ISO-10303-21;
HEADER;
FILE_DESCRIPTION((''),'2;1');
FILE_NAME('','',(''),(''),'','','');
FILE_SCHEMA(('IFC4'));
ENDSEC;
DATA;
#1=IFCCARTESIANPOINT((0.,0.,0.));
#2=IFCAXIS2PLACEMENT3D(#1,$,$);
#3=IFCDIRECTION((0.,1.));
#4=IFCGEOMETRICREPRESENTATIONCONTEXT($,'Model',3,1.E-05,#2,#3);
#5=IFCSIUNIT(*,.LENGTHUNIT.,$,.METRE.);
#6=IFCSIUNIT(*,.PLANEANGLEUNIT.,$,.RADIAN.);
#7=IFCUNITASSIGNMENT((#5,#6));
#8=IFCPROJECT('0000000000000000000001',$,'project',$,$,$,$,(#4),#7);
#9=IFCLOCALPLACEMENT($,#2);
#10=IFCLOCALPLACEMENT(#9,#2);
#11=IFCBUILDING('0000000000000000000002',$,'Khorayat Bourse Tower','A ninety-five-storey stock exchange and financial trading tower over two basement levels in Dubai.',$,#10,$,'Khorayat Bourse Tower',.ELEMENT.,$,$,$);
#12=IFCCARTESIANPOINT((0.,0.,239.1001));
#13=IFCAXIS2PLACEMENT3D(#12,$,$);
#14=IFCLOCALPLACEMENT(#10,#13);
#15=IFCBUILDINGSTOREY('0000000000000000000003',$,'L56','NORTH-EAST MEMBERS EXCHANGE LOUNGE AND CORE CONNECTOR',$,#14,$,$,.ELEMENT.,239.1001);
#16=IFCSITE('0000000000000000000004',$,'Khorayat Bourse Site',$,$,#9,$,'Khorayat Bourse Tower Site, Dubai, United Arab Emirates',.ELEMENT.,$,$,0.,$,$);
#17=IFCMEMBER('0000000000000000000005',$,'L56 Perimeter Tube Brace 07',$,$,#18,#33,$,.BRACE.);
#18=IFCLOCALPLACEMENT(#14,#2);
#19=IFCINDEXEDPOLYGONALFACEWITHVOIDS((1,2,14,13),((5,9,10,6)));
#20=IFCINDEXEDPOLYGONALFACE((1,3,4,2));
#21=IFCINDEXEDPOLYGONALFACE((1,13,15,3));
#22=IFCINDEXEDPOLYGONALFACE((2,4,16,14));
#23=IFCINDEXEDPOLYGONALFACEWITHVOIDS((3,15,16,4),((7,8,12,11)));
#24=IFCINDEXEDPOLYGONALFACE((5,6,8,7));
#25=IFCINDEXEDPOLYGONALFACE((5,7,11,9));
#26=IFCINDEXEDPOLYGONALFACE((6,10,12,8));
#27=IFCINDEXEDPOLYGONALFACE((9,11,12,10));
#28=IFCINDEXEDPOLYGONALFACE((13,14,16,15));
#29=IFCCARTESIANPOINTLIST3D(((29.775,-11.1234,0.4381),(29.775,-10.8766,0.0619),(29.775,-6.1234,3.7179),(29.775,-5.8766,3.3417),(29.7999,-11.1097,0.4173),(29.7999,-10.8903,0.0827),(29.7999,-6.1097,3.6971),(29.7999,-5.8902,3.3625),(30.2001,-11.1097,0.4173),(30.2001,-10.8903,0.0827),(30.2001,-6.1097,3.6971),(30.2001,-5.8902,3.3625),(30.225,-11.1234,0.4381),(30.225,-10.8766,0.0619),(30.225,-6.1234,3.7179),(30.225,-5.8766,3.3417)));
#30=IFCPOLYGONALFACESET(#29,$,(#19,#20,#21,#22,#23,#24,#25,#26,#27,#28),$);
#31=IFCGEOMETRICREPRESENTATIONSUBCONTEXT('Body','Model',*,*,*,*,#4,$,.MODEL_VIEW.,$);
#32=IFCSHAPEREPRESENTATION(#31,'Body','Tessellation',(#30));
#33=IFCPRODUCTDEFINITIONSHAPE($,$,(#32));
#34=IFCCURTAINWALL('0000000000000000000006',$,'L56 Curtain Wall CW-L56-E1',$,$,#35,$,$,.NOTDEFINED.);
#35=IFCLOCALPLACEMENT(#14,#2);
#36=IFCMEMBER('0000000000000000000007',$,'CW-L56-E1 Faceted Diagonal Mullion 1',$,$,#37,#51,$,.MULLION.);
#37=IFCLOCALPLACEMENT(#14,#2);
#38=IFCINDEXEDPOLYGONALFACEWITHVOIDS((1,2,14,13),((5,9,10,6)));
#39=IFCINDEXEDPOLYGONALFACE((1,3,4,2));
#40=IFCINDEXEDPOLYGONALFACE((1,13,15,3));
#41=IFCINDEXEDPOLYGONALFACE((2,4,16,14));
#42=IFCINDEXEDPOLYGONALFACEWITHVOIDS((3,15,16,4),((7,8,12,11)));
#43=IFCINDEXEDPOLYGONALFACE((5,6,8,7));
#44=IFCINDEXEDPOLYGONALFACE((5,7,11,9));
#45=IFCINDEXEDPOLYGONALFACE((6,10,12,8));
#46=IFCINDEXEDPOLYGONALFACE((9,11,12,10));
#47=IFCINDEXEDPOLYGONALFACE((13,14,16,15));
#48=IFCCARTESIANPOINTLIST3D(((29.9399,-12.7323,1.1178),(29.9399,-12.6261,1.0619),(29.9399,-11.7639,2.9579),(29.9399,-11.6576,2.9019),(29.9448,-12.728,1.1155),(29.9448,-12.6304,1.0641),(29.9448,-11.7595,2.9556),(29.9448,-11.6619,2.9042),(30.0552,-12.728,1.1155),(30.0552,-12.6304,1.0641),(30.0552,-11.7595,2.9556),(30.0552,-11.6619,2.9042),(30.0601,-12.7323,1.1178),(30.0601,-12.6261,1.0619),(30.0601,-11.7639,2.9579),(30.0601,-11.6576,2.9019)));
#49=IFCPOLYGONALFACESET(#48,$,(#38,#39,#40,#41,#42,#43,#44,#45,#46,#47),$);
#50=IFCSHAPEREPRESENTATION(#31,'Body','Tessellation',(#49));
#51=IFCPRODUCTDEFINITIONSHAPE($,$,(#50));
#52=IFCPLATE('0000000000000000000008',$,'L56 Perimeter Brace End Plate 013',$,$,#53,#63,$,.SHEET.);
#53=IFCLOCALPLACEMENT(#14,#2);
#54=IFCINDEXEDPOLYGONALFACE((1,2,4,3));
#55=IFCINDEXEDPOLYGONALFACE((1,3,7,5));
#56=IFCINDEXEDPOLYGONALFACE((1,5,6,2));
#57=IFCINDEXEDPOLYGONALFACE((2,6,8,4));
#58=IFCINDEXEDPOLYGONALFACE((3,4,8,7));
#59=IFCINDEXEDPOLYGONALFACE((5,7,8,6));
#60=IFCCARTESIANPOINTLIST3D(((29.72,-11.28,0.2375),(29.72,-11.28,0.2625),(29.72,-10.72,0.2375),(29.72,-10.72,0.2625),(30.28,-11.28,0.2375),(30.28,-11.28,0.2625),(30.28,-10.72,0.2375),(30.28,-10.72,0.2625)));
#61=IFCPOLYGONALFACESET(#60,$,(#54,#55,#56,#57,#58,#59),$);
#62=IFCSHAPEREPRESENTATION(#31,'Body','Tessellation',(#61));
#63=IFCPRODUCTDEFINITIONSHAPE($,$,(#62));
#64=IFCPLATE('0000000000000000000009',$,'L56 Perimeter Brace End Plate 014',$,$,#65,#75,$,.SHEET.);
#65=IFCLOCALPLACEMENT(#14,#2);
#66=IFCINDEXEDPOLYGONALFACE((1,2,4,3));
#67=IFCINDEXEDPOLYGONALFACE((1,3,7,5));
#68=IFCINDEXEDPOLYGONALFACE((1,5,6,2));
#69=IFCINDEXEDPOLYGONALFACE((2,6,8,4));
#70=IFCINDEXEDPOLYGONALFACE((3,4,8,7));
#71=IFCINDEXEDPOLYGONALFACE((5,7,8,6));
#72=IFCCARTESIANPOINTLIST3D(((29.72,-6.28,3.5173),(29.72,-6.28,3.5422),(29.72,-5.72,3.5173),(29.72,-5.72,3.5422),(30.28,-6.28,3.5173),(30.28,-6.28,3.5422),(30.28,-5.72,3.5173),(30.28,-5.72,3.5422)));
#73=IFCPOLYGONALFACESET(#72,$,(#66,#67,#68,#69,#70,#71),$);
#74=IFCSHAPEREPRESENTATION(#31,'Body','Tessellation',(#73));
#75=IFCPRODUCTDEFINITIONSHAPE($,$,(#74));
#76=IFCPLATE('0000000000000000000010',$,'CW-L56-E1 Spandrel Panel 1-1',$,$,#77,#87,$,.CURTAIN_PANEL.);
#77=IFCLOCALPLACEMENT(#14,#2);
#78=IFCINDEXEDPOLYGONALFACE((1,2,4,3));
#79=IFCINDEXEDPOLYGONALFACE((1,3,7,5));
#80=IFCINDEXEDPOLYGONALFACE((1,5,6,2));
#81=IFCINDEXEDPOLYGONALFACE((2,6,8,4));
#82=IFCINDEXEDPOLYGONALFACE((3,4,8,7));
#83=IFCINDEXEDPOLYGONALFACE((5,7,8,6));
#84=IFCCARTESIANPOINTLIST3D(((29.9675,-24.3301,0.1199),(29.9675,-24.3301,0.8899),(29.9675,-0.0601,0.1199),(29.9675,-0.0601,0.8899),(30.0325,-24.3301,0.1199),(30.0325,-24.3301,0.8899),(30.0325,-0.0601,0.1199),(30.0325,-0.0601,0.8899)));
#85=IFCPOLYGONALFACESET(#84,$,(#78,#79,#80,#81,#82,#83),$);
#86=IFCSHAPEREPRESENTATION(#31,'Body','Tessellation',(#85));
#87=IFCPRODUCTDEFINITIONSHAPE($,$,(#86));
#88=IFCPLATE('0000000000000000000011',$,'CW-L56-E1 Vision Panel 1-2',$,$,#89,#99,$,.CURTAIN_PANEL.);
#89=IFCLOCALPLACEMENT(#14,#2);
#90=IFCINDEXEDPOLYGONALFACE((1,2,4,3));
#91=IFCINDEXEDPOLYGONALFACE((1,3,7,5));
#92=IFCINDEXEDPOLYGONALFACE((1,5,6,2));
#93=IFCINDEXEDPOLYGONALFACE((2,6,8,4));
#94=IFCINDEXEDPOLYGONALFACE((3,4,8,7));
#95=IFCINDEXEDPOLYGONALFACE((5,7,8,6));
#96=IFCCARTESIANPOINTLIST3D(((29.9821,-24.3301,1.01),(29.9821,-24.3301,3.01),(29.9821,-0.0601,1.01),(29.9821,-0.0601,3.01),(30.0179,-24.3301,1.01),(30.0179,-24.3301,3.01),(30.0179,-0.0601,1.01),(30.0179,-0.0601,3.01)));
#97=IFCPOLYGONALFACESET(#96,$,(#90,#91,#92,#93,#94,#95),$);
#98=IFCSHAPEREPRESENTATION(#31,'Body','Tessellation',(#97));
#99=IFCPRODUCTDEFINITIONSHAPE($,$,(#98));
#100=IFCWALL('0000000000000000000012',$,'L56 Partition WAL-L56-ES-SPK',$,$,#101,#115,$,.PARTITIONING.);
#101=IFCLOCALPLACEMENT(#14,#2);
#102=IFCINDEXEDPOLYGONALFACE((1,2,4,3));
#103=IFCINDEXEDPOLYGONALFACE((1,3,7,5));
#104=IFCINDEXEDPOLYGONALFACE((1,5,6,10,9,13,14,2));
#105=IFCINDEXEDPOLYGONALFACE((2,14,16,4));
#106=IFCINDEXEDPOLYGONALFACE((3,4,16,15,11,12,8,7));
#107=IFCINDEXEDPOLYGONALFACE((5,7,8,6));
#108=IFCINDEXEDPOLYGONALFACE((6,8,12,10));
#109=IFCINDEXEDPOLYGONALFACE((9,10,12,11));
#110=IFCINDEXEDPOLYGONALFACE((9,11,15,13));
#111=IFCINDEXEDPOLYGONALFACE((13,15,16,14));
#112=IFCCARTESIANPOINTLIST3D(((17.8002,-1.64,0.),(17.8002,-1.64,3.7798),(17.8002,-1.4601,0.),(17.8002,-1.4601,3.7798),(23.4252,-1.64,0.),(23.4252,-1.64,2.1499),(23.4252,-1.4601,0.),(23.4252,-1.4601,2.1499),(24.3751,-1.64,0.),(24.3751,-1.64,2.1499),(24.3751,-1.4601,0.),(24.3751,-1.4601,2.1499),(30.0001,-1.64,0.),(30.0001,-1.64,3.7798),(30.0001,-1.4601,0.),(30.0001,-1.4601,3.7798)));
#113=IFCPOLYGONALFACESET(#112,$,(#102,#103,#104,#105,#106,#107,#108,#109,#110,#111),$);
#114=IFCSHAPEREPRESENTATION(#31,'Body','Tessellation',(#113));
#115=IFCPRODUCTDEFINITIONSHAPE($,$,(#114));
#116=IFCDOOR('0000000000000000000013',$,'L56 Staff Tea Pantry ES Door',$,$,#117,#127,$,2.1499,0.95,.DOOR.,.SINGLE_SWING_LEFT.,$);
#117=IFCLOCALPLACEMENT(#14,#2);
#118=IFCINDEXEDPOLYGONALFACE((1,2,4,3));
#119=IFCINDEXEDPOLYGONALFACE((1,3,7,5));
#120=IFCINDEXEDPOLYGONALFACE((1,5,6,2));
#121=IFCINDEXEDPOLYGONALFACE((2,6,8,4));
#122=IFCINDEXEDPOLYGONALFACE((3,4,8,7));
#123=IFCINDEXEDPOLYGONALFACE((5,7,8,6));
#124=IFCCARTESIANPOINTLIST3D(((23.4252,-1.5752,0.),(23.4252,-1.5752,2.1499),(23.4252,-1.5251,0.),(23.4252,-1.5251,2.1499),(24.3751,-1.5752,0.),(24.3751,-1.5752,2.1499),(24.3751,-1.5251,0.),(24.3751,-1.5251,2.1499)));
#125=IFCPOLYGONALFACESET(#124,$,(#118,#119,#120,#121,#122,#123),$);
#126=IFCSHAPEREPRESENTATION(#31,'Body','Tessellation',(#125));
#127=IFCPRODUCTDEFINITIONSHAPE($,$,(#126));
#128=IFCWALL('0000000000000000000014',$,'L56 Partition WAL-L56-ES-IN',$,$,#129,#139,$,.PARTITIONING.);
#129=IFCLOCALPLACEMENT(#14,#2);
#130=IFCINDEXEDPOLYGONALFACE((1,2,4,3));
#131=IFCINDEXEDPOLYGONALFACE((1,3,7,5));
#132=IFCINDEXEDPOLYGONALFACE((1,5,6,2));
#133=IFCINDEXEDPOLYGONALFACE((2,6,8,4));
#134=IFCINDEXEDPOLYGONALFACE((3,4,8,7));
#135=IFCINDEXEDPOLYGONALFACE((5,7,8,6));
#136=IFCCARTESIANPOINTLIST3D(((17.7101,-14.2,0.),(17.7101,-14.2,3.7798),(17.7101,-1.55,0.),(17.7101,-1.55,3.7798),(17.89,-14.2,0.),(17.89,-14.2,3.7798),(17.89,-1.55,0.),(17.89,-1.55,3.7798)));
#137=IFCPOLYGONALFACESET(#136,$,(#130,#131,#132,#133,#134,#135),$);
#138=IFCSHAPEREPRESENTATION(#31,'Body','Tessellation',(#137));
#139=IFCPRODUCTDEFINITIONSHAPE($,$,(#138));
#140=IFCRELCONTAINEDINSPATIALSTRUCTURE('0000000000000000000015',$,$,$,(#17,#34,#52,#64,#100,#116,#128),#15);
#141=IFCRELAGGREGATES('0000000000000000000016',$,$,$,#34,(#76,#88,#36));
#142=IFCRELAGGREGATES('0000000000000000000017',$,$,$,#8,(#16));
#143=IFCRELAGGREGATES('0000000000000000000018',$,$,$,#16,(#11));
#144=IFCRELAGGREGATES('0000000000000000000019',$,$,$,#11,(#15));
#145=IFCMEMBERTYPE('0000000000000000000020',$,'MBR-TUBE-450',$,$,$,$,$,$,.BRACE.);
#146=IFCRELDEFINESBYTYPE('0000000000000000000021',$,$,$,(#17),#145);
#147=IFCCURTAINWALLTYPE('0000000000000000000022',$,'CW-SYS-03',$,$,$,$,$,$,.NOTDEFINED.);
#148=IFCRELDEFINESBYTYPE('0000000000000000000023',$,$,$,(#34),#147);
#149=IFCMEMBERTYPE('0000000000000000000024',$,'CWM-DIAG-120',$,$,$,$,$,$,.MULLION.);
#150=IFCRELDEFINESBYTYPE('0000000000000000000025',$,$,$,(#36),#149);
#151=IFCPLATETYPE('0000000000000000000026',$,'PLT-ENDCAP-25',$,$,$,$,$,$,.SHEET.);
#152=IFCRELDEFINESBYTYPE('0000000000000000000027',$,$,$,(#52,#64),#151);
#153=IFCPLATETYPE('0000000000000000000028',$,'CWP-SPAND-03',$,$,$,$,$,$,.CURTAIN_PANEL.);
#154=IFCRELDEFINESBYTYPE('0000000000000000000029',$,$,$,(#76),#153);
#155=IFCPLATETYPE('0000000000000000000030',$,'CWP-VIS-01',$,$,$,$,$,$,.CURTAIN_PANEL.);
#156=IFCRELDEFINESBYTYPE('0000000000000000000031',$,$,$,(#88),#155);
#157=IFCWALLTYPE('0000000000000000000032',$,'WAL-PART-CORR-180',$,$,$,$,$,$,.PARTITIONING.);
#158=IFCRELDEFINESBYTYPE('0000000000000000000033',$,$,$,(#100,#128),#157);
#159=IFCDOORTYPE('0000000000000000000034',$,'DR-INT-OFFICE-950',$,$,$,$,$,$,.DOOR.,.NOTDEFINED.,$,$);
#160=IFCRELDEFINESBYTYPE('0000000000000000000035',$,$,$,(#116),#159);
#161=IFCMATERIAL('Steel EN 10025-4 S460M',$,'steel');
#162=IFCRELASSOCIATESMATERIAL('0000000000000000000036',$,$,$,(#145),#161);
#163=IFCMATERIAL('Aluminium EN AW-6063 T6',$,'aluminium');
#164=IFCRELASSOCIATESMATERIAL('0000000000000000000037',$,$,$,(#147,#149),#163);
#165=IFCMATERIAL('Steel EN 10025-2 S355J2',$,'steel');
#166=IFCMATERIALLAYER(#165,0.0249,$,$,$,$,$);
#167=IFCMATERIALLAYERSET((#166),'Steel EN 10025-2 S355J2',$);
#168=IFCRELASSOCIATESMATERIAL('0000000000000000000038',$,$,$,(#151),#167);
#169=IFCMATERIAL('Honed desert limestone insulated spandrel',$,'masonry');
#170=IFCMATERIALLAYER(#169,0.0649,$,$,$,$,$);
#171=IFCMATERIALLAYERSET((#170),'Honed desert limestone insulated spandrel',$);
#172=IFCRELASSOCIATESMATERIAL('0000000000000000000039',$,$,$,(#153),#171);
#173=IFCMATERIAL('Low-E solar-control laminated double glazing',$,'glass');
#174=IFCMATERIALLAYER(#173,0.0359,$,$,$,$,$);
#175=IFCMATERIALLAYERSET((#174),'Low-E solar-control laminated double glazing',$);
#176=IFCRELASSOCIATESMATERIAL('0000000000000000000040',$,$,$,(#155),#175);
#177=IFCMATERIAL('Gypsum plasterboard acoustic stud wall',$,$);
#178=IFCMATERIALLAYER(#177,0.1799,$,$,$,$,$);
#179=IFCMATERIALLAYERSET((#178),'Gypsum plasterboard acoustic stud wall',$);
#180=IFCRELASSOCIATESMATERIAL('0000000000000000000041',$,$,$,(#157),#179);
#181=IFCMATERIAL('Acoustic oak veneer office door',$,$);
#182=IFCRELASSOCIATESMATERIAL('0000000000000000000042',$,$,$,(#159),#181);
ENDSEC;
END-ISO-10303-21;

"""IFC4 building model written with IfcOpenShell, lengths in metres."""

from ifc_helpers import new_model, si_unit, direction, frame, frame_2d, origin, origin_2d, place, context, subcontext, project, spatial, rectangle, hollow_rectangle, extrude, source, transform, mapped, material, layer, layer_set, material_profile, profile_set, type_object, element, fill, aggregate, save


model = new_model("IFC4")

# Units and contexts
model_context = context("Model", 3, precision=1e-05, world=origin(), true_north=direction((0.0, 1.0)))
body_context = subcontext(model_context, "Body", "Model", "MODEL_VIEW")
ifc_project = project(units=[si_unit("LENGTHUNIT", "METRE"), si_unit("PLANEANGLEUNIT", "RADIAN")], contexts=[model_context])

# Site, building, storey
site_placement = place(None, origin())
site = spatial("IfcSite", under=ifc_project, at=site_placement, Name="Khorayat Bourse Site", LongName="Khorayat Bourse Tower Site, Dubai, United Arab Emirates", CompositionType="ELEMENT", RefElevation=0.0)
building_placement = place(site_placement, origin())
building = spatial("IfcBuilding", under=site, at=building_placement, Name="Khorayat Bourse Tower", Description="A ninety-five-storey stock exchange and financial trading tower over two basement levels in Dubai.", LongName="Khorayat Bourse Tower", CompositionType="ELEMENT")
storey_placement = place(building_placement, frame((0.0, 0.0, 239.1001)))
storey = spatial("IfcBuildingStorey", under=building, at=storey_placement, Name="L56", Description="NORTH-EAST MEMBERS EXCHANGE LOUNGE AND CORE CONNECTOR", CompositionType="ELEMENT", Elevation=239.1001)

# Shared definitions
ifc_material_1 = material(Name="Steel EN 10025-4 S460M", Category="steel")

# Member
ifc_material_profile_1 = material_profile(ifc_material_1, hollow_rectangle(XDim=0.45, YDim=0.45, WallThickness=0.0249, at=origin_2d()), Name="HSS 450x450x25")
ifc_profile_set_1 = profile_set([ifc_material_profile_1], Name="Steel EN 10025-4 S460M")
member_type_1 = type_object("IfcMemberType", Name="MBR-TUBE-450", PredefinedType="BRACE", material=ifc_profile_set_1)
shared_shape_1 = source(origin(), body_context, "Body", "SweptSolid", [
    extrude(hollow_rectangle(XDim=0.45, YDim=0.45, WallThickness=0.0249, at=origin_2d()), origin(), (0.0, 0.0, 1.0), 5.9797),
])
member_1_placement = place(storey_placement, frame((30.0, -11.0, 0.25), z_axis=(0.0, 0.83616, 0.548485), x_axis=(-1.0, 0.0, 0.0)))
element("IfcMember", 1, at=member_1_placement, inside=storey, type_object=member_type_1, Name="L56 Perimeter Tube Brace 07", PredefinedType="BRACE", context=body_context, shape_type="MappedRepresentation", body=[
    mapped(shared_shape_1, transform((0.0, 0.0, 0.0), scale=1.0)),
])

# Curtain wall, member
ifc_material_2 = material(Name="Aluminium EN AW-6063 T6", Category="aluminium")
curtain_wall_type = type_object("IfcCurtainWallType", Name="CW-SYS-03", PredefinedType="NOTDEFINED", material=ifc_material_2)
curtain_wall_placement = place(storey_placement, origin())
curtain_wall = element("IfcCurtainWall", 2, at=curtain_wall_placement, inside=storey, type_object=curtain_wall_type, Name="L56 Curtain Wall CW-L56-E1", PredefinedType="NOTDEFINED")
ifc_material_profile_2 = material_profile(ifc_material_2, hollow_rectangle(XDim=0.1201, YDim=0.1201, WallThickness=0.0049, at=origin_2d()), Name="ALU 120x120x5")
ifc_profile_set_2 = profile_set([ifc_material_profile_2], Name="Aluminium EN AW-6063 T6")
member_type_2 = type_object("IfcMemberType", Name="CWM-DIAG-120", PredefinedType="MULLION", material=ifc_profile_set_2)
shared_shape_2 = source(origin(), body_context, "Body", "SweptSolid", [
    extrude(hollow_rectangle(XDim=0.1201, YDim=0.1201, WallThickness=0.0049, at=origin_2d()), origin(), (0.0, 0.0, 1.0), 2.0793),
])
member_2_placement = place(storey_placement, frame((30.0, -12.6792, 1.0898), z_axis=(0.0, 0.465761, 0.884911), x_axis=(-1.0, 0.0, 0.0)))
member_2 = element("IfcMember", 3, at=member_2_placement, type_object=member_type_2, Name="CW-L56-E1 Faceted Diagonal Mullion 1", PredefinedType="MULLION", context=body_context, shape_type="MappedRepresentation", body=[
    mapped(shared_shape_2, transform((0.0, 0.0, 0.0), scale=1.0)),
])

# Plates
ifc_material_3 = material(Name="Steel EN 10025-2 S355J2", Category="steel")
ifc_layer_1 = layer(ifc_material_3, 0.0249)
ifc_layer_set_1 = layer_set([ifc_layer_1], Name="Steel EN 10025-2 S355J2")
plate_type_1 = type_object("IfcPlateType", Name="PLT-ENDCAP-25", PredefinedType="SHEET", material=ifc_layer_set_1)
shared_shape_3 = source(origin(), body_context, "Body", "SweptSolid", [
    extrude(rectangle(XDim=0.5601, YDim=0.5601, at=origin_2d()), origin(), (0.0, 0.0, 1.0), 0.0249),
])
for number, where, z_axis, x_axis, name in (
    (4, (30.0, -11.0, 0.2375), (0.0, 0.0, 1.0), (1.0, 0.0, 0.0), "L56 Perimeter Brace End Plate 013"),
    (5, (30.0, -6.0, 3.5173), (0.0, 0.0, 1.0), (1.0, 0.0, 0.0), "L56 Perimeter Brace End Plate 014"),
):
    element("IfcPlate", number, at=place(storey_placement, frame(where, z_axis=z_axis, x_axis=x_axis)), inside=storey, type_object=plate_type_1, Name=name, PredefinedType="SHEET", context=body_context, shape_type="MappedRepresentation", body=[
        mapped(shared_shape_3, transform((0.0, 0.0, 0.0), scale=1.0)),
    ])

# Plates
ifc_material_4 = material(Name="Honed desert limestone insulated spandrel", Category="masonry")
ifc_layer_2 = layer(ifc_material_4, 0.0649)
ifc_layer_set_2 = layer_set([ifc_layer_2], Name="Honed desert limestone insulated spandrel")
plate_type_2 = type_object("IfcPlateType", Name="CWP-SPAND-03", PredefinedType="CURTAIN_PANEL", material=ifc_layer_set_2)
shared_shape_4 = source(origin(), body_context, "Body", "SweptSolid", [
    extrude(rectangle(XDim=24.27, YDim=0.0649, at=origin_2d()), origin(), (0.0, 0.0, 1.0), 0.77),
])
plate_1_placement = place(storey_placement, frame((30.0, -12.1951, 0.1199), z_axis=(0.0, 0.0, 1.0), x_axis=(0.0, 1.0, 0.0)))
plate_1 = element("IfcPlate", 6, at=plate_1_placement, type_object=plate_type_2, Name="CW-L56-E1 Spandrel Panel 1-1", PredefinedType="CURTAIN_PANEL", context=body_context, shape_type="MappedRepresentation", body=[
    mapped(shared_shape_4, transform((0.0, 0.0, 0.0), scale=1.0)),
])
ifc_material_5 = material(Name="Low-E solar-control laminated double glazing", Category="glass")
ifc_layer_3 = layer(ifc_material_5, 0.0359)
ifc_layer_set_3 = layer_set([ifc_layer_3], Name="Low-E solar-control laminated double glazing")
plate_type_3 = type_object("IfcPlateType", Name="CWP-VIS-01", PredefinedType="CURTAIN_PANEL", material=ifc_layer_set_3)
shared_shape_5 = source(origin(), body_context, "Body", "SweptSolid", [
    extrude(rectangle(XDim=24.27, YDim=0.0359, at=origin_2d()), origin(), (0.0, 0.0, 1.0), 2.0),
])
plate_2_placement = place(storey_placement, frame((30.0, -12.1951, 1.01), z_axis=(0.0, 0.0, 1.0), x_axis=(0.0, 1.0, 0.0)))
plate_2 = element("IfcPlate", 7, at=plate_2_placement, type_object=plate_type_3, Name="CW-L56-E1 Vision Panel 1-2", PredefinedType="CURTAIN_PANEL", context=body_context, shape_type="MappedRepresentation", body=[
    mapped(shared_shape_5, transform((0.0, 0.0, 0.0), scale=1.0)),
])
aggregate(curtain_wall, [plate_1, plate_2, member_2])

# Wall, opening, door
ifc_material_6 = material(Name="Gypsum plasterboard acoustic stud wall")
ifc_layer_4 = layer(ifc_material_6, 0.1799)
ifc_layer_set_4 = layer_set([ifc_layer_4], Name="Gypsum plasterboard acoustic stud wall")
wall_type = type_object("IfcWallType", Name="WAL-PART-CORR-180", PredefinedType="PARTITIONING", material=ifc_layer_set_4)
shared_shape_6 = source(origin(), body_context, "Body", "SweptSolid", [
    extrude(rectangle(XDim=12.2, YDim=0.1799, at=frame_2d((6.1001, 0.0))), origin(), (0.0, 0.0, 1.0), 3.7798),
])
wall_1_placement = place(storey_placement, frame((17.8, -1.55, 0.0), z_axis=(0.0, 0.0, 1.0), x_axis=(1.0, 0.0, 0.0)))
wall_1 = element("IfcWall", 8, at=wall_1_placement, inside=storey, type_object=wall_type, Name="L56 Partition WAL-L56-ES-SPK", PredefinedType="PARTITIONING", context=body_context, shape_type="MappedRepresentation", body=[
    mapped(shared_shape_6, transform((0.0, 0.0, 0.0), scale=1.0)),
])
shared_shape_7 = source(origin(), body_context, "Body", "SweptSolid", [
    extrude(rectangle(XDim=0.95, YDim=2.1499, at=frame_2d((0.4751, 1.075))), frame((0.0, 0.0999, 0.0), z_axis=(0.0, -1.0, 0.0), x_axis=(1.0, 0.0, 0.0)), (0.0, 0.0, 1.0), 0.2),
])
opening_placement = place(wall_1_placement, frame((5.625, 0.0, 0.0)))
opening = element("IfcOpeningElement", 9, at=opening_placement, cuts=wall_1, PredefinedType="OPENING", context=body_context, shape_type="MappedRepresentation", body=[
    mapped(shared_shape_7, transform((0.0, 0.0, 0.0), scale=1.0)),
])
ifc_material_7 = material(Name="Acoustic oak veneer office door")
door_type = type_object("IfcDoorType", Name="DR-INT-OFFICE-950", OperationType="NOTDEFINED", PredefinedType="DOOR", material=ifc_material_7)
shared_shape_8 = source(origin(), body_context, "Body", "SweptSolid", [
    extrude(rectangle(XDim=0.95, YDim=2.1499, at=frame_2d((0.4751, 1.075))), frame((0.0, 0.0249, 0.0), z_axis=(0.0, -1.0, 0.0), x_axis=(1.0, 0.0, 0.0)), (0.0, 0.0, 1.0), 0.05),
])
door_placement = place(opening_placement, origin())
door = element("IfcDoor", 10, at=door_placement, inside=storey, type_object=door_type, Name="L56 Staff Tea Pantry ES Door", OperationType="SINGLE_SWING_LEFT", OverallHeight=2.1499, OverallWidth=0.95, PredefinedType="DOOR", context=body_context, shape_type="MappedRepresentation", body=[
    mapped(shared_shape_8, transform((0.0, 0.0, 0.0), scale=1.0)),
])
fill(opening, door)

# Wall
shared_shape_9 = source(origin(), body_context, "Body", "SweptSolid", [
    extrude(rectangle(XDim=12.6499, YDim=0.1799, at=frame_2d((6.325, 0.0))), origin(), (0.0, 0.0, 1.0), 3.7798),
])
wall_2_placement = place(storey_placement, frame((17.8, -14.2, 0.0), z_axis=(0.0, 0.0, 1.0), x_axis=(0.0, 1.0, 0.0)))
element("IfcWall", 11, at=wall_2_placement, inside=storey, type_object=wall_type, Name="L56 Partition WAL-L56-ES-IN", PredefinedType="PARTITIONING", context=body_context, shape_type="MappedRepresentation", body=[
    mapped(shared_shape_9, transform((0.0, 0.0, 0.0), scale=1.0)),
])

save(model, "model.ifc")
